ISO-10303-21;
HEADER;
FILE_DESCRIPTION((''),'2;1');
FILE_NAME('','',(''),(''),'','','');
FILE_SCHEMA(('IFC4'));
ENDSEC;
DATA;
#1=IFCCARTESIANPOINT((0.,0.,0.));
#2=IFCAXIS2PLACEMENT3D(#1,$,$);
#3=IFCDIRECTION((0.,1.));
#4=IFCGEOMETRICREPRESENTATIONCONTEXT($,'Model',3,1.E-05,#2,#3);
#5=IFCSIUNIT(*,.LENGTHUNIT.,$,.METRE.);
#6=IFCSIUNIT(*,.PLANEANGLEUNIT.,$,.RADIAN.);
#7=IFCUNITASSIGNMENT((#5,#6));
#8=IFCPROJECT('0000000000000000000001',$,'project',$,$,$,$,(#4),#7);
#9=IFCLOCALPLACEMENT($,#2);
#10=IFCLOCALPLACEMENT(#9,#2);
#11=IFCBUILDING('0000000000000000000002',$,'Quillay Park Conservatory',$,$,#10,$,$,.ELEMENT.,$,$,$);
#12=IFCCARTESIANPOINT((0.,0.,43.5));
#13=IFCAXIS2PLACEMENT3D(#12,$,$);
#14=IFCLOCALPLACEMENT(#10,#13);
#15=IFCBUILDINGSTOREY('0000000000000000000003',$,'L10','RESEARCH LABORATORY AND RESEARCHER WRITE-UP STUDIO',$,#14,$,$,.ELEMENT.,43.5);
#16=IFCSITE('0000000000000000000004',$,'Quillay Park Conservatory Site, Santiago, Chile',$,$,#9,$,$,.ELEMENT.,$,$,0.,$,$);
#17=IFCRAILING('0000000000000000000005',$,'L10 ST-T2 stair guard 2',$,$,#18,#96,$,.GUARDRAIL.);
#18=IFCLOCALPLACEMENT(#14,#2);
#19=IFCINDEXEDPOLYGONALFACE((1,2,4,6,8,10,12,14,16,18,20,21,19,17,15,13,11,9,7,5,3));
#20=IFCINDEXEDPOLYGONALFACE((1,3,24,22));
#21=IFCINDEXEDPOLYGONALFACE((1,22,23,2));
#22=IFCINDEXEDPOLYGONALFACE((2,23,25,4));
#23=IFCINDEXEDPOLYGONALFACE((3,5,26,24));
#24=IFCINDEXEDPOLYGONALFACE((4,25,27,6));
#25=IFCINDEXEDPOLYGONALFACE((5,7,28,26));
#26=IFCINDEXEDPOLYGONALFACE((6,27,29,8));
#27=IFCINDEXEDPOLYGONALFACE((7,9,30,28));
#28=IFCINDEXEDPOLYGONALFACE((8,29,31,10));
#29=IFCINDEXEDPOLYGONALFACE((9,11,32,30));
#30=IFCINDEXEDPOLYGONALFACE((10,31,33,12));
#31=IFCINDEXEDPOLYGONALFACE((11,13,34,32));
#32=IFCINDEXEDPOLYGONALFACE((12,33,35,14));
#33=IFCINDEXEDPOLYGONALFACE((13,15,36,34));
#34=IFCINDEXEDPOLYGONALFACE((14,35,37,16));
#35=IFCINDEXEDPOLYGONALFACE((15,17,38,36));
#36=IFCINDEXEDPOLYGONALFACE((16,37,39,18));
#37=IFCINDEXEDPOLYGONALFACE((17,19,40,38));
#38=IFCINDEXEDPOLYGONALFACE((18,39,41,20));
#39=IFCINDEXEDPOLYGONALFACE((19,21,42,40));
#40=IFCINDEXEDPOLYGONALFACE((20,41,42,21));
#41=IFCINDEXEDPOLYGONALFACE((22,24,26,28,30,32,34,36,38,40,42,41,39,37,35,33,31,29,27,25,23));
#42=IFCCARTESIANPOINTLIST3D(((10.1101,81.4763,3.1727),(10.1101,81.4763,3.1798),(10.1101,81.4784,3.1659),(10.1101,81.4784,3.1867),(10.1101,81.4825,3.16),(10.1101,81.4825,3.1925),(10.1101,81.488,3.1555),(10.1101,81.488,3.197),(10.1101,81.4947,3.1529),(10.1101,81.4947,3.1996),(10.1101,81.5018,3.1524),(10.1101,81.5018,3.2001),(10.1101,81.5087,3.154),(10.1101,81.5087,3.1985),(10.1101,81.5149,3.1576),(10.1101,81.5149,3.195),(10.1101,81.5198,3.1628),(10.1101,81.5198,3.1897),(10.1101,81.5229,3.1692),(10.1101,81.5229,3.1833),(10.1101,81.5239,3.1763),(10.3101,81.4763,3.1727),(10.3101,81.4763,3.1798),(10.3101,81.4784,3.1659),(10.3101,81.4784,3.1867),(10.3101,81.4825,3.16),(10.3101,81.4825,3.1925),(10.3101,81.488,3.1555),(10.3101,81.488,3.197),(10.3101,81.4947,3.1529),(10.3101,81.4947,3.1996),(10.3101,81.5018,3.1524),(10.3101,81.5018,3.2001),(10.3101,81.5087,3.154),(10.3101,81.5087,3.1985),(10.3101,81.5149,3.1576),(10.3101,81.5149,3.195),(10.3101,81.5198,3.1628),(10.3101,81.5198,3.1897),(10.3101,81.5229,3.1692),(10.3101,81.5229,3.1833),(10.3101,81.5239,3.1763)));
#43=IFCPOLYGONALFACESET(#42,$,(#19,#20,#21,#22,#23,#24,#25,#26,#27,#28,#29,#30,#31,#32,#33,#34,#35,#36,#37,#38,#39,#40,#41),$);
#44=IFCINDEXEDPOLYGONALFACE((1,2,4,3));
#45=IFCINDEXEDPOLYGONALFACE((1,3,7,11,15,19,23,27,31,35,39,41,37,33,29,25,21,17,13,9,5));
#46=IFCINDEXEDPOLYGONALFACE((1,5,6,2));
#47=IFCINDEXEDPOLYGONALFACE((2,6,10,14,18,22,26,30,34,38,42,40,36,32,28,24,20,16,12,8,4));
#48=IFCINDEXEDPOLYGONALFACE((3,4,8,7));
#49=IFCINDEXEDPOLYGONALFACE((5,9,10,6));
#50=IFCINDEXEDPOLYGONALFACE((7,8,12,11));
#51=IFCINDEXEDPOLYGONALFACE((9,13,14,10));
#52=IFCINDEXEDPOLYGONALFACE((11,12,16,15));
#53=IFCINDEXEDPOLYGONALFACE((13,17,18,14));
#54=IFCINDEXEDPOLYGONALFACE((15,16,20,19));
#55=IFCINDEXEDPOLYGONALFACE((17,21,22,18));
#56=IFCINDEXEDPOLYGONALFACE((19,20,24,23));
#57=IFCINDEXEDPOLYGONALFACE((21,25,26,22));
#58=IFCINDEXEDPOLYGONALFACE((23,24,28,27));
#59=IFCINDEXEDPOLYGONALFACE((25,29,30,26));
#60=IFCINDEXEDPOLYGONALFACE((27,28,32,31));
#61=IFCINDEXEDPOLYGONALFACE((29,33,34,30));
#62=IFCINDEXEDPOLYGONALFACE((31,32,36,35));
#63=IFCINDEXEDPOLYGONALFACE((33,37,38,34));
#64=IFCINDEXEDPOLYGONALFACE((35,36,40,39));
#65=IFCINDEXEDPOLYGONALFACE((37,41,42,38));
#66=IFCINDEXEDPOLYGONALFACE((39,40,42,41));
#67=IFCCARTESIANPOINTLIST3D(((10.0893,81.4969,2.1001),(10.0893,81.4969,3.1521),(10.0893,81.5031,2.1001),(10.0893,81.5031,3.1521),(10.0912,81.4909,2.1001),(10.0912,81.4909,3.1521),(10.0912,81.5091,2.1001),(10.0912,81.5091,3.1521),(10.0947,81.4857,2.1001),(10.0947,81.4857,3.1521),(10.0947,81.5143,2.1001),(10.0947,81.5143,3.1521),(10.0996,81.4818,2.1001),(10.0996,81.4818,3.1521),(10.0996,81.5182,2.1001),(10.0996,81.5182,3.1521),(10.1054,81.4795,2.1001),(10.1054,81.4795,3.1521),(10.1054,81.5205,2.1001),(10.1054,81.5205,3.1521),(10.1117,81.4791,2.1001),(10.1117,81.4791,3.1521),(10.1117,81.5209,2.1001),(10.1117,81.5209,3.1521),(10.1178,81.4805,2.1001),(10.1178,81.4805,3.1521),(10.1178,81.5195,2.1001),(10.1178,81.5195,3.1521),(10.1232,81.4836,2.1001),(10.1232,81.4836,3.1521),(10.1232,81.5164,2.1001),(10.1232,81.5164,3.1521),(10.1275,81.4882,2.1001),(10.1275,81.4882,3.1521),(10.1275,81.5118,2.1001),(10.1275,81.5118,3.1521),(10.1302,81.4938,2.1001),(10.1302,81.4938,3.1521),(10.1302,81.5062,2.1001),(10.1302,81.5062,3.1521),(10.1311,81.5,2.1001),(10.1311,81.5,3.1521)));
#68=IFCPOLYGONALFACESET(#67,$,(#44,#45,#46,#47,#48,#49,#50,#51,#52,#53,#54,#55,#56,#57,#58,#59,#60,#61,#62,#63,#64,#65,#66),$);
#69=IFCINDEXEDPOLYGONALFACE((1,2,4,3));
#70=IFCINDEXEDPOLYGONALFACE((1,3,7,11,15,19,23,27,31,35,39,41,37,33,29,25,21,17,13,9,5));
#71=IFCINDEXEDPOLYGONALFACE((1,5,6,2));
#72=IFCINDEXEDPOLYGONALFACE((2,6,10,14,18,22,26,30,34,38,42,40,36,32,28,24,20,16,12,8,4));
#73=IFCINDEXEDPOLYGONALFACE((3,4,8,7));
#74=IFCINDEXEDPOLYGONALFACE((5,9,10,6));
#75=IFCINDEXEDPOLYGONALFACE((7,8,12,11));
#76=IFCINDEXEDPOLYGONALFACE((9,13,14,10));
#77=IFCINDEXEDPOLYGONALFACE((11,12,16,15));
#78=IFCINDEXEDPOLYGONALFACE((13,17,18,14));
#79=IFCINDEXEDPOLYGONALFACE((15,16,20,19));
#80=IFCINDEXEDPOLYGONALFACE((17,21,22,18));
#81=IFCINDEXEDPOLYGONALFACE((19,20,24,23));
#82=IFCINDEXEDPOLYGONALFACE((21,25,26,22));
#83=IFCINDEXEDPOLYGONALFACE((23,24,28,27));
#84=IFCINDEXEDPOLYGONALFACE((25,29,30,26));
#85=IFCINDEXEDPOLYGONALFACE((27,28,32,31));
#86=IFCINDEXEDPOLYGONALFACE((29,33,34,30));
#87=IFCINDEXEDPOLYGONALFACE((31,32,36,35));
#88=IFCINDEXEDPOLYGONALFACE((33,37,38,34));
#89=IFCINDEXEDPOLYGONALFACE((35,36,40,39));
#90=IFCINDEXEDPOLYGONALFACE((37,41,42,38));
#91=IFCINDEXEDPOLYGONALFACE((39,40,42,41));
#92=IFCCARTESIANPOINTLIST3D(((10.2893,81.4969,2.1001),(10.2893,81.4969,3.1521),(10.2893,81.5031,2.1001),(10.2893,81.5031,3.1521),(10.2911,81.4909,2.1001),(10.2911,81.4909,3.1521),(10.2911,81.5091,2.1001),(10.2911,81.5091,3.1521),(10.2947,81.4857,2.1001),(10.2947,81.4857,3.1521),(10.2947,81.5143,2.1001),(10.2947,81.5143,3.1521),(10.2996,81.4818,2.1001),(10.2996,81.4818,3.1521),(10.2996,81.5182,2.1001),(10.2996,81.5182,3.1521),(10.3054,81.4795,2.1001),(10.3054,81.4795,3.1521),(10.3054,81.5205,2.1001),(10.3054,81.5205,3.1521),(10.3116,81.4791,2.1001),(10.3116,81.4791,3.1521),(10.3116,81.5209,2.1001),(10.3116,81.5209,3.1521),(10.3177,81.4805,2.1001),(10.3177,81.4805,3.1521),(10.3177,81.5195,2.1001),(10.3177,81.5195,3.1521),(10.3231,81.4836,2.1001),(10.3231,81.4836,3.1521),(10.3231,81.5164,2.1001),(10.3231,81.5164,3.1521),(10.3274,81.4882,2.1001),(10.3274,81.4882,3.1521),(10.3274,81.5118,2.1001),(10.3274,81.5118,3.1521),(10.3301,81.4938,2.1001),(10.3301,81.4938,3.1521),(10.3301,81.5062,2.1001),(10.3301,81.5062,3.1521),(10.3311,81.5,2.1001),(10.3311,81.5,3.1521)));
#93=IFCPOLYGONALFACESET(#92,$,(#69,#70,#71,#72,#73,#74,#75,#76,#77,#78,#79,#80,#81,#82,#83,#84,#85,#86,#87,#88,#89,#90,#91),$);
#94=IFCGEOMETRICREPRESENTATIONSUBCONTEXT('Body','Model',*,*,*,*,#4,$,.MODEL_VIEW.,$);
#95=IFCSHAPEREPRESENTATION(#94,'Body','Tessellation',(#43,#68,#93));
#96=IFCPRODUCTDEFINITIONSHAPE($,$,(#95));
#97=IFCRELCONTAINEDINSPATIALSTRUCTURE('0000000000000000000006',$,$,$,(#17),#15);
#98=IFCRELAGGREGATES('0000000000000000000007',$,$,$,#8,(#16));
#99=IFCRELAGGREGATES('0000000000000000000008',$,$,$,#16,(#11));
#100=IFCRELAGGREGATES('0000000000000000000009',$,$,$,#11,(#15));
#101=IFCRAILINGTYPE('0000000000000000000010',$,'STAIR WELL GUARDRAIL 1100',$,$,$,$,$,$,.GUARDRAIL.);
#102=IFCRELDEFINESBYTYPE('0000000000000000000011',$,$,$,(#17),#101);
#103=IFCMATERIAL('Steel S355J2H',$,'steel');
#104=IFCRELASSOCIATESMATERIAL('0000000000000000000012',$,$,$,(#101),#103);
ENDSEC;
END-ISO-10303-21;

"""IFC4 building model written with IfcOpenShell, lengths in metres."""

from ifc_helpers import new_model, si_unit, direction, frame, origin, origin_2d, place, context, subcontext, project, spatial, circle, extrude, material, type_object, element, save


model = new_model("IFC4")

# Units and contexts
model_context = context("Model", 3, precision=1e-05, world=origin(), true_north=direction((0.0, 1.0)))
body_context = subcontext(model_context, "Body", "Model", "MODEL_VIEW")
ifc_project = project(units=[si_unit("LENGTHUNIT", "METRE"), si_unit("PLANEANGLEUNIT", "RADIAN")], contexts=[model_context])

# Site, building, storey
site_placement = place(None, origin())
site = spatial("IfcSite", under=ifc_project, at=site_placement, Name="Quillay Park Conservatory Site, Santiago, Chile", CompositionType="ELEMENT", RefElevation=0.0)
building_placement = place(site_placement, origin())
building = spatial("IfcBuilding", under=site, at=building_placement, Name="Quillay Park Conservatory", CompositionType="ELEMENT")
storey_placement = place(building_placement, frame((0.0, 0.0, 43.5)))
storey = spatial("IfcBuildingStorey", under=building, at=storey_placement, Name="L10", Description="RESEARCH LABORATORY AND RESEARCHER WRITE-UP STUDIO", CompositionType="ELEMENT", Elevation=43.5)

# Railing
ifc_material_1 = material(Name="Steel S355J2H", Category="steel")
railing_type_1 = type_object("IfcRailingType", Name="STAIR WELL GUARDRAIL 1100", PredefinedType="GUARDRAIL", material=ifc_material_1)
railing_1_placement = place(storey_placement, frame((10.1101, 81.5, 2.1001)))
element("IfcRailing", 1, at=railing_1_placement, inside=storey, type_object=railing_type_1, Name="L10 ST-T2 stair guard 2", PredefinedType="GUARDRAIL", context=body_context, shape_type="SweptSolid", body=[
    extrude(circle(Radius=0.0239, at=origin_2d()), frame((0.0, 0.0, 1.0762), z_axis=(1.0, 0.0, 0.0), x_axis=(0.0, 1.0, 0.0)), (0.0, 0.0, 1.0), 0.2),
    extrude(circle(Radius=0.021, at=origin_2d()), origin(), (0.0, 0.0, 1.0), 1.052),
    extrude(circle(Radius=0.021, at=origin_2d()), frame((0.2, 0.0, 0.0)), (0.0, 0.0, 1.0), 1.052),
])

save(model, "model.ifc")
